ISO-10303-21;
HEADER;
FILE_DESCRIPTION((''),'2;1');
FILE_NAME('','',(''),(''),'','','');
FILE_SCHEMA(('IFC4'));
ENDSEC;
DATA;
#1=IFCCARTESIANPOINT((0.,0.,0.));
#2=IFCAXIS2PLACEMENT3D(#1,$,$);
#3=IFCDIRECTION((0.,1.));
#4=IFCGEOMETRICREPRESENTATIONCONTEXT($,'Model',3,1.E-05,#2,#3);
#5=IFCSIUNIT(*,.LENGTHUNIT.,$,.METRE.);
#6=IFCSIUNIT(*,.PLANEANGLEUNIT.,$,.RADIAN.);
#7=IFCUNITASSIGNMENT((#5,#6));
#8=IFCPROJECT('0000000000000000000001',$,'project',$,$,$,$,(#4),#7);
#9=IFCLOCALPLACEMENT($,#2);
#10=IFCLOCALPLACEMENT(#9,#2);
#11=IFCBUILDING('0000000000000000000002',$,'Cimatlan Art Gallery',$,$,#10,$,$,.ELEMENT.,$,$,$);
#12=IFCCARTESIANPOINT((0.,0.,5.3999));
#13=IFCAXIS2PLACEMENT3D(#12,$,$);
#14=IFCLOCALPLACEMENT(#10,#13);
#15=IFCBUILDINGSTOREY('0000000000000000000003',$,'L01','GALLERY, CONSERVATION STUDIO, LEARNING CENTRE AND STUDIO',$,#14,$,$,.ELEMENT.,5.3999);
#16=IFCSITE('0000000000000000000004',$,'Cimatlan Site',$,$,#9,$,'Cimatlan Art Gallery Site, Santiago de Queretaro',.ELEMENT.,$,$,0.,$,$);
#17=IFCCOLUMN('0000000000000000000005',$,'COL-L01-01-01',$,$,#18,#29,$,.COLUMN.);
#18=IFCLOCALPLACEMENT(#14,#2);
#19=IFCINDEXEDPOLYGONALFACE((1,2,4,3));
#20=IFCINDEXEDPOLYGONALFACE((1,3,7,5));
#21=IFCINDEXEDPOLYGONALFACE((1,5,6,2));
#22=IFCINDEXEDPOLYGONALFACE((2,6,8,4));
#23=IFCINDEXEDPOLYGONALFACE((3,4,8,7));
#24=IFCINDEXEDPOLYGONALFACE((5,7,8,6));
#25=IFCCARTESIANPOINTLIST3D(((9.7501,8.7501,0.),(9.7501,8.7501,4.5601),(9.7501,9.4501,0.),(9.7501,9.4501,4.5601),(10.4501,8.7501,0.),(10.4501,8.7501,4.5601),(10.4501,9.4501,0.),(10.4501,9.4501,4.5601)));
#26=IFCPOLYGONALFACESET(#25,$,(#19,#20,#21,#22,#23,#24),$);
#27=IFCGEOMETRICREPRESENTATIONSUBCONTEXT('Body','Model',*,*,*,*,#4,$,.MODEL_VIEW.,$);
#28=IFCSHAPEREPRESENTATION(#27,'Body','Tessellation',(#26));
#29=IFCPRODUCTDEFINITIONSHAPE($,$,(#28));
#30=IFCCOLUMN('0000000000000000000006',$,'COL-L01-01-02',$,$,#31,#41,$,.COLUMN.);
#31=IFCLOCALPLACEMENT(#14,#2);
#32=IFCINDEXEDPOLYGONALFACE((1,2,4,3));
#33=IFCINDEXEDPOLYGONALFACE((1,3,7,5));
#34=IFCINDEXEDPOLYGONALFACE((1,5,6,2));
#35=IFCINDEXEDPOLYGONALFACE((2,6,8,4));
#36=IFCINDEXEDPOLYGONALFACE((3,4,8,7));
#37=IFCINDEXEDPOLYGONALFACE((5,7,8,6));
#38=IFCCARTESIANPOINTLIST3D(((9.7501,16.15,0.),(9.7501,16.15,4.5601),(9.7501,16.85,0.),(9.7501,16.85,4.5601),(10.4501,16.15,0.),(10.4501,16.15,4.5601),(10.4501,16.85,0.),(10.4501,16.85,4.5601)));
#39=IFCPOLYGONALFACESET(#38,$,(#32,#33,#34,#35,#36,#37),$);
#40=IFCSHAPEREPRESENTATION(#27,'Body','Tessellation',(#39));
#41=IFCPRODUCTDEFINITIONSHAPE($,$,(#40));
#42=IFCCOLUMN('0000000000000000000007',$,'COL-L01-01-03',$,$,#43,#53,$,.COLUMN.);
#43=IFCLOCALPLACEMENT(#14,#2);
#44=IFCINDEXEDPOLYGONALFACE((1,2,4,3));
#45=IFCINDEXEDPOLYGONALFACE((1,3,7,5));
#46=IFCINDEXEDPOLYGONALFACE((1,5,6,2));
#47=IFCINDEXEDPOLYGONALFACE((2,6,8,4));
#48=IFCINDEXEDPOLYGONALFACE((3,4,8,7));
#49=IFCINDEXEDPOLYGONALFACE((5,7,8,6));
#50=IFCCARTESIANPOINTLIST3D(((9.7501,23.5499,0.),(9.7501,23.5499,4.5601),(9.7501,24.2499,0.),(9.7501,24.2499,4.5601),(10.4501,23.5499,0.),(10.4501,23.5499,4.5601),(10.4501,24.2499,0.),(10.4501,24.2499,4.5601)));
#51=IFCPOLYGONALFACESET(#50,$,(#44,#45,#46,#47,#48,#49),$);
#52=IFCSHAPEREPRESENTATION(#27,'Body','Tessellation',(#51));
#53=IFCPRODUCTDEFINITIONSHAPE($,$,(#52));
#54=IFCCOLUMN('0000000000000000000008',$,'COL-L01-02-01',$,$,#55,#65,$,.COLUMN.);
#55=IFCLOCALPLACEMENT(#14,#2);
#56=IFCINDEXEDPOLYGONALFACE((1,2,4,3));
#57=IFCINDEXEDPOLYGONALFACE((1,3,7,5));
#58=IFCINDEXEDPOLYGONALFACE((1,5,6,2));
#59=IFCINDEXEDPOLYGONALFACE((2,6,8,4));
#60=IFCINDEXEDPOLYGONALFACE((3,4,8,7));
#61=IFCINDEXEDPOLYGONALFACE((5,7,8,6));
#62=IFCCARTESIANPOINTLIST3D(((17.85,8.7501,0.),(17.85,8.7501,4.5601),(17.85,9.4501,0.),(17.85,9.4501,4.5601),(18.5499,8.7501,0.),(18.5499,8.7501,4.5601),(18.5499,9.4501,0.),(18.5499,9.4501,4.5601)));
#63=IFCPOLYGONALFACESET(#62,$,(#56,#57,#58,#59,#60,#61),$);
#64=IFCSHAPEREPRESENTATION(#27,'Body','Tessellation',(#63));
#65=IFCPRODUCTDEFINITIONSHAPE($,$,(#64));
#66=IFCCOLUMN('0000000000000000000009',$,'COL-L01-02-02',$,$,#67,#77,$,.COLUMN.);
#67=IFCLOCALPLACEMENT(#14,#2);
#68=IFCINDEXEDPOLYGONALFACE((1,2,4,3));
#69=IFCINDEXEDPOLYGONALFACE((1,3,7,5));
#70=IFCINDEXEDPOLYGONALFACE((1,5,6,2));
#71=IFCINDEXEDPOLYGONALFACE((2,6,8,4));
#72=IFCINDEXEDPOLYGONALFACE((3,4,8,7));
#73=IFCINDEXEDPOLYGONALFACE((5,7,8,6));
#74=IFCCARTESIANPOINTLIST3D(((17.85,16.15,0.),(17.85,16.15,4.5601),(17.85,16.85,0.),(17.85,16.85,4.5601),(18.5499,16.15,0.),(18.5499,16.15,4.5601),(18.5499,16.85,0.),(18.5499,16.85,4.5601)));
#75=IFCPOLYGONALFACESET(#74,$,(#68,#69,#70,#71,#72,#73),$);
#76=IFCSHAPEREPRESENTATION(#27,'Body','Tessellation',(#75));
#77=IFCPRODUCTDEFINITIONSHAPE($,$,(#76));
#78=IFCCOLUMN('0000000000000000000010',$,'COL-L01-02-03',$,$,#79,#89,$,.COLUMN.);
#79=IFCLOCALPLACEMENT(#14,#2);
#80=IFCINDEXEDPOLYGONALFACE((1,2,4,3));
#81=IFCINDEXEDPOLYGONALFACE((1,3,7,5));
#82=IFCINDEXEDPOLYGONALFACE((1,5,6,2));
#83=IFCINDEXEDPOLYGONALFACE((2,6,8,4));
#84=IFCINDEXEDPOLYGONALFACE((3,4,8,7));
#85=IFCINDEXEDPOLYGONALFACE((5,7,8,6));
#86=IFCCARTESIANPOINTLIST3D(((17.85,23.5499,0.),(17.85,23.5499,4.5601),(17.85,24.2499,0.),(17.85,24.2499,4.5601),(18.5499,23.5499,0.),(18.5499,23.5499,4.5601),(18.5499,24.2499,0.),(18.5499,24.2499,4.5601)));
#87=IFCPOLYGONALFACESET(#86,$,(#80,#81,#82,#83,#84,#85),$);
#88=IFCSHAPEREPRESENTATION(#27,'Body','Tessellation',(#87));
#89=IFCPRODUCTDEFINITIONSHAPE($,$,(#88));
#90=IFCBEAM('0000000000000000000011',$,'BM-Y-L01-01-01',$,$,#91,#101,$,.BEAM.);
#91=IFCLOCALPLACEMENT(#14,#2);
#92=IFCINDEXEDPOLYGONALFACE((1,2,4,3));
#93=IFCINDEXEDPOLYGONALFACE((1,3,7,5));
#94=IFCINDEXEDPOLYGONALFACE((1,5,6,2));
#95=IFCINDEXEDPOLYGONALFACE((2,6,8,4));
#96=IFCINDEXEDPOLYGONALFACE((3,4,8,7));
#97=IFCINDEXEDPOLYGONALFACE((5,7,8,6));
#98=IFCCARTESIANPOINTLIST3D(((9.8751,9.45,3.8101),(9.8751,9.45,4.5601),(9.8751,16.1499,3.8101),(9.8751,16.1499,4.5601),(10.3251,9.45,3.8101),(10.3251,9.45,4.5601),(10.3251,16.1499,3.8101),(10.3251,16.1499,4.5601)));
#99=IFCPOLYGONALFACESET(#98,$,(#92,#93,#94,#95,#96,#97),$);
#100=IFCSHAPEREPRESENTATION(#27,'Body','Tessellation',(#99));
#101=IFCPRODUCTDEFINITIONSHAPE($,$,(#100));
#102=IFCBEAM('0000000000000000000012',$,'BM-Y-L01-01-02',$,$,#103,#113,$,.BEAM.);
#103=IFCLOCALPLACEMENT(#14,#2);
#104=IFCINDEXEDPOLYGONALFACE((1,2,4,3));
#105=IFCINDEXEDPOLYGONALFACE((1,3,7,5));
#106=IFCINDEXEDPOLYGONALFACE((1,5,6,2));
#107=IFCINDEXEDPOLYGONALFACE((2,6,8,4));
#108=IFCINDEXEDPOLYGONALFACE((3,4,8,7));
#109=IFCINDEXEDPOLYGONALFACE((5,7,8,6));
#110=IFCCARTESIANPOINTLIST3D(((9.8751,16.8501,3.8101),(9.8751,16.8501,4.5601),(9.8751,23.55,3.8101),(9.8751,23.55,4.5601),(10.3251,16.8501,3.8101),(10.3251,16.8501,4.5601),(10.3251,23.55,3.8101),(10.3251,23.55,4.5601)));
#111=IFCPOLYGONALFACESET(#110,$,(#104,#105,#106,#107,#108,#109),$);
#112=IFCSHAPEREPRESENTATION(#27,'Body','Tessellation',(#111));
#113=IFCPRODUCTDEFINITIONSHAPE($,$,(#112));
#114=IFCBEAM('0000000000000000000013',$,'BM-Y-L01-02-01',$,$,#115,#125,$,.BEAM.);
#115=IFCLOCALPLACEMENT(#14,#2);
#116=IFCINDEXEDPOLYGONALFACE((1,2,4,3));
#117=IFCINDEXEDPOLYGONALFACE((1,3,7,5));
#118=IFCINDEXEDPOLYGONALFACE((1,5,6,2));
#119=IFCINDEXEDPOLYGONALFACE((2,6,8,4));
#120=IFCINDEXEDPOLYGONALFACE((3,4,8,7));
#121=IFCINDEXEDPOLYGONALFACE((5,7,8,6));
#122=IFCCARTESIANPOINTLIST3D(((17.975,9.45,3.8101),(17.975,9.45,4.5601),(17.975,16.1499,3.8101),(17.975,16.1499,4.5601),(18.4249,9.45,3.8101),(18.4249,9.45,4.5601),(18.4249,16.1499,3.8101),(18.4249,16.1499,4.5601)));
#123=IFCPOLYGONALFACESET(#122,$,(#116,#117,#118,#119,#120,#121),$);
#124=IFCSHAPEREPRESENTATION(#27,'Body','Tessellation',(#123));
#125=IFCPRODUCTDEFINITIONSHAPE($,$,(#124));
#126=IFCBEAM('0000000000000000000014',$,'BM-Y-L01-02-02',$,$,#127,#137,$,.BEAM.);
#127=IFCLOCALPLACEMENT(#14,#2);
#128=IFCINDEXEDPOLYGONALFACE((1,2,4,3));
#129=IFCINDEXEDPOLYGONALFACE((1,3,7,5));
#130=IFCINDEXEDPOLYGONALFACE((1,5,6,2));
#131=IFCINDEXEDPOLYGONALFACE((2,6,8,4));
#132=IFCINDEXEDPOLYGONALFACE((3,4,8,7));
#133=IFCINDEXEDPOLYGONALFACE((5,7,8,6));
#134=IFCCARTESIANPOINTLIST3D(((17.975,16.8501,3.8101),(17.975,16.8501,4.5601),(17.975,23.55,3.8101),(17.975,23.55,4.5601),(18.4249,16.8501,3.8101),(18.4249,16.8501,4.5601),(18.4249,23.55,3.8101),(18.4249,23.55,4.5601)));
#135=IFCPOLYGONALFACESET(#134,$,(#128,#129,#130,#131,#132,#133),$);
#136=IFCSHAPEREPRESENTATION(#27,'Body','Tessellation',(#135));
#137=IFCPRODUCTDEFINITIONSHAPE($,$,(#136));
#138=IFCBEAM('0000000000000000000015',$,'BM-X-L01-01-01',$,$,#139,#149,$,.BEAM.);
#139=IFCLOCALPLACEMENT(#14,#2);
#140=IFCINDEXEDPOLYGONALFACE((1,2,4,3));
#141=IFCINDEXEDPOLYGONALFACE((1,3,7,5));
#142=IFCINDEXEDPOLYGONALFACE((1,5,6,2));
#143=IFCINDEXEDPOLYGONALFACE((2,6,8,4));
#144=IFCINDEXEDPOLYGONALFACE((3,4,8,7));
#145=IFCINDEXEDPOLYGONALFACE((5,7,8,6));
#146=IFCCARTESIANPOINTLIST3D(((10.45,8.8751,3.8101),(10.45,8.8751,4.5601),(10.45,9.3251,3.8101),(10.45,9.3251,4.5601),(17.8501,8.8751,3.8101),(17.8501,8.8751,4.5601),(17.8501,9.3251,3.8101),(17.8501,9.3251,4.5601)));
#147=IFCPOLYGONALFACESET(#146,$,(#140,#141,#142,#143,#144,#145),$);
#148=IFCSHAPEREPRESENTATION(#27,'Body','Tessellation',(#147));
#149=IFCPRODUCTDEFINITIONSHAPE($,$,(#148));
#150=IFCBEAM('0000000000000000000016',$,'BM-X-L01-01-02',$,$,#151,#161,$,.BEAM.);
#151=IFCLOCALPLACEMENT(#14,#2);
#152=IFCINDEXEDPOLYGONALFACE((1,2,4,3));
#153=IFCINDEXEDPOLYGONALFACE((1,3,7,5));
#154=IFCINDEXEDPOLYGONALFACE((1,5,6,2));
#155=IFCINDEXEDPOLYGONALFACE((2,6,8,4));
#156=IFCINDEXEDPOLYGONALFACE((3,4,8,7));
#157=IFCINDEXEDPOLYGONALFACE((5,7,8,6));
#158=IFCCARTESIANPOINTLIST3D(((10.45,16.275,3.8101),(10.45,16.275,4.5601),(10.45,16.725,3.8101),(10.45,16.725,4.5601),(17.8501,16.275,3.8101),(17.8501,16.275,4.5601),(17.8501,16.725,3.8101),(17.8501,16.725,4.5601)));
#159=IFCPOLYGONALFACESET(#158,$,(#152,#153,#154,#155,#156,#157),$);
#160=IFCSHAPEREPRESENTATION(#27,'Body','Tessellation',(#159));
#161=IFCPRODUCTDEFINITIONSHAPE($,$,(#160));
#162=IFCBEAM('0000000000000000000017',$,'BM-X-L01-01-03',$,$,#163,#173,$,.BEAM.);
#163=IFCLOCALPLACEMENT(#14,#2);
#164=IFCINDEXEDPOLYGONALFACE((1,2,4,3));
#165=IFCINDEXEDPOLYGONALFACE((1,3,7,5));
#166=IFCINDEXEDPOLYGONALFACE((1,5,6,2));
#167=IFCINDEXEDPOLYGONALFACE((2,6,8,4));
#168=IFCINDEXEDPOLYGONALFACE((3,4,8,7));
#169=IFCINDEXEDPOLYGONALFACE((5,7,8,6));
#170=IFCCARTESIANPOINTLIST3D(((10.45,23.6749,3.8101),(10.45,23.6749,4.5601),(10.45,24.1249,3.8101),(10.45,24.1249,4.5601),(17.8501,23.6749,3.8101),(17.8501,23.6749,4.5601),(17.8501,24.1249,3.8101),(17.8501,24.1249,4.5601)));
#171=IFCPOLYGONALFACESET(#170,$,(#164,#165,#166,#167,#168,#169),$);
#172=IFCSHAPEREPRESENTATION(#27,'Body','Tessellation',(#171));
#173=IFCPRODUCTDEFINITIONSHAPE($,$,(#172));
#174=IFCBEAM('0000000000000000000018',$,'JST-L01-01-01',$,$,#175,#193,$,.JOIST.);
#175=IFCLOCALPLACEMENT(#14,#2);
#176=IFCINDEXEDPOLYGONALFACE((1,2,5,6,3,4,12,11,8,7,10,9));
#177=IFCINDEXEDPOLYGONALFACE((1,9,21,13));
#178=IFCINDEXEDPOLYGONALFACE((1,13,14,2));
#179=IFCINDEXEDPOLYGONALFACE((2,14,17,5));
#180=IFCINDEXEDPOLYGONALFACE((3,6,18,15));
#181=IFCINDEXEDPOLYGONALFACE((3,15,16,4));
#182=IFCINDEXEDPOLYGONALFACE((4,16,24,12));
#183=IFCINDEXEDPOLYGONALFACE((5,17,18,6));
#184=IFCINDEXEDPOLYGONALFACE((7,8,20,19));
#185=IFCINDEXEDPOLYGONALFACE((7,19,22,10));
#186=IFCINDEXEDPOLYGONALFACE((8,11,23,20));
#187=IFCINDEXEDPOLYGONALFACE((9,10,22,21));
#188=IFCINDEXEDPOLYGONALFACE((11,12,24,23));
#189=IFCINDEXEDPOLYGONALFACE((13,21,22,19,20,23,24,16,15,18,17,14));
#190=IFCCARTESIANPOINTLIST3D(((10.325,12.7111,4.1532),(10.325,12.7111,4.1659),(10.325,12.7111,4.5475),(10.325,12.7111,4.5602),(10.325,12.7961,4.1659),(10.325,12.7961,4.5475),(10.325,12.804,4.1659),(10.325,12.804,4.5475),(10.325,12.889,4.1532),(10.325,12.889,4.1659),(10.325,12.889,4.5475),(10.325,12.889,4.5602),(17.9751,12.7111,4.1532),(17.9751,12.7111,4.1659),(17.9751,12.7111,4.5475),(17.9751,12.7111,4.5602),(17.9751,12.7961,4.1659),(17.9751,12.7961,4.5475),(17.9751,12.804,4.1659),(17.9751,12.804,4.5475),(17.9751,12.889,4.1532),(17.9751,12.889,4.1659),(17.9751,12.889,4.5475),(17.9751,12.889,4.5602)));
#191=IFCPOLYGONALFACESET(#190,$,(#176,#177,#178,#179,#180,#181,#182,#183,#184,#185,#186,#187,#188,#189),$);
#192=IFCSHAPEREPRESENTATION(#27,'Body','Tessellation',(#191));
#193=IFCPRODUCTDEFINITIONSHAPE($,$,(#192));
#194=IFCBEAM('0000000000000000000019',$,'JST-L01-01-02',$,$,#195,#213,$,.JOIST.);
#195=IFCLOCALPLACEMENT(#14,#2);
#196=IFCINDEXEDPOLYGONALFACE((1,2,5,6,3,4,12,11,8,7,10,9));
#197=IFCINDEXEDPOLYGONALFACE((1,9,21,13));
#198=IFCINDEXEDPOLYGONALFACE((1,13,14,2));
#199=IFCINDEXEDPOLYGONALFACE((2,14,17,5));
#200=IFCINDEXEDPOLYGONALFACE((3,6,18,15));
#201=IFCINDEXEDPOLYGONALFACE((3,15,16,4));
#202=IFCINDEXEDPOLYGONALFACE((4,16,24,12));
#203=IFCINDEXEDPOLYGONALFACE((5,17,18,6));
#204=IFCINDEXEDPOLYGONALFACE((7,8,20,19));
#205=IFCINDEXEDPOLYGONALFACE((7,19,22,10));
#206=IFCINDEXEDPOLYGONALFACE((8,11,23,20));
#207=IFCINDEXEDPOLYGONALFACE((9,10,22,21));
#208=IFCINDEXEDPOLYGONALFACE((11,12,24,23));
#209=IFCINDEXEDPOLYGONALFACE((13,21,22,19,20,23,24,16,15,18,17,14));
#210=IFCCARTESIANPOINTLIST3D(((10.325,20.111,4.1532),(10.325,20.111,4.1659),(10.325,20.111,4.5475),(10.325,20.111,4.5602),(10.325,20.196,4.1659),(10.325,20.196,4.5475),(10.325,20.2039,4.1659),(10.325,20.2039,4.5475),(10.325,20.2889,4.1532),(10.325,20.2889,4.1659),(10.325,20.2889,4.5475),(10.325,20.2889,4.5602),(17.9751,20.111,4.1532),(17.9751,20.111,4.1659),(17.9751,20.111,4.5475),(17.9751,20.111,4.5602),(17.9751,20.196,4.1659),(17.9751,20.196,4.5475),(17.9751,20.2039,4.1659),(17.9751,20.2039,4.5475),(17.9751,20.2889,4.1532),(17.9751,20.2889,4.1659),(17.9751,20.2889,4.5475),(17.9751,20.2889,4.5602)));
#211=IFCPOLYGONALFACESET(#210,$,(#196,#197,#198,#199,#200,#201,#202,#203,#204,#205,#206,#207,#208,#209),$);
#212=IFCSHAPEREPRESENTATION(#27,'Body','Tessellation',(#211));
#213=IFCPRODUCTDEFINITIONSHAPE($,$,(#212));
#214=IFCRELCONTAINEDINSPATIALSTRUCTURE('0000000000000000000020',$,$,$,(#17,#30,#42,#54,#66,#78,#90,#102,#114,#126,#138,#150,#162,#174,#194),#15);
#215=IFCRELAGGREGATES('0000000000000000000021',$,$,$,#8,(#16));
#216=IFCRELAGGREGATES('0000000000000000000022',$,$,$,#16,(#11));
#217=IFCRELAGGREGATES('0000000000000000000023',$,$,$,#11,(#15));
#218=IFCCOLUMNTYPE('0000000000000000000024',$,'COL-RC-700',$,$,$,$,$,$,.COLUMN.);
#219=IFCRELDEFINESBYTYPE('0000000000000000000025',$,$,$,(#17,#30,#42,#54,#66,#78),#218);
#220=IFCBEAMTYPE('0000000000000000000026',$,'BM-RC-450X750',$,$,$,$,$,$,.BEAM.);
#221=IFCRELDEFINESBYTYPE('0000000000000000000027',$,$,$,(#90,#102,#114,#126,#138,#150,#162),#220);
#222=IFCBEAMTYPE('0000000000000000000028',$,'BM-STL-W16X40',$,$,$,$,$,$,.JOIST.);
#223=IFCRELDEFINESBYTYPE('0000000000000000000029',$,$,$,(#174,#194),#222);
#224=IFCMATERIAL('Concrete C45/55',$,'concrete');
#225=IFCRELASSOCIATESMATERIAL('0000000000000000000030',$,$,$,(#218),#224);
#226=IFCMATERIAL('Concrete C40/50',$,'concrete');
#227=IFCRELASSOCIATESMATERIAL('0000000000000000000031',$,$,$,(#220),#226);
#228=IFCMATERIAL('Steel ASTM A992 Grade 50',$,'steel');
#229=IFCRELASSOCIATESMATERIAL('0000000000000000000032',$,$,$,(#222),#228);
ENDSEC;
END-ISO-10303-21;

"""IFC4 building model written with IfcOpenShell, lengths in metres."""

from ifc_helpers import new_model, si_unit, direction, frame, origin, origin_2d, place, context, subcontext, project, spatial, rectangle, i_section, extrude, material, material_profile, profile_set, type_object, element, save


model = new_model("IFC4")

# Units and contexts
model_context = context("Model", 3, precision=1e-05, world=origin(), true_north=direction((0.0, 1.0)))
body_context = subcontext(model_context, "Body", "Model", "MODEL_VIEW")
ifc_project = project(units=[si_unit("LENGTHUNIT", "METRE"), si_unit("PLANEANGLEUNIT", "RADIAN")], contexts=[model_context])

# Site, building, storey
site_placement = place(None, origin())
site = spatial("IfcSite", under=ifc_project, at=site_placement, Name="Cimatlan Site", LongName="Cimatlan Art Gallery Site, Santiago de Queretaro", CompositionType="ELEMENT", RefElevation=0.0)
building_placement = place(site_placement, origin())
building = spatial("IfcBuilding", under=site, at=building_placement, Name="Cimatlan Art Gallery", CompositionType="ELEMENT")
storey_placement = place(building_placement, frame((0.0, 0.0, 5.3999)))
storey = spatial("IfcBuildingStorey", under=building, at=storey_placement, Name="L01", Description="GALLERY, CONSERVATION STUDIO, LEARNING CENTRE AND STUDIO", CompositionType="ELEMENT", Elevation=5.3999)

# Columns
ifc_material_1 = material(Name="Concrete C45/55", Category="concrete")
ifc_material_profile_1 = material_profile(ifc_material_1, rectangle(XDim=0.7, YDim=0.7, at=origin_2d()), Name="RC700X700")
ifc_profile_set_1 = profile_set([ifc_material_profile_1], Name="Concrete C45/55")
column_type = type_object("IfcColumnType", Name="COL-RC-700", PredefinedType="COLUMN", material=ifc_profile_set_1)
for number, where, z_axis, x_axis, name in (
    (1, (10.1001, 9.1001, 0.0), (0.0, 0.0, 1.0), (1.0, 0.0, 0.0), "COL-L01-01-01"),
    (2, (10.1001, 16.5, 0.0), (0.0, 0.0, 1.0), (1.0, 0.0, 0.0), "COL-L01-01-02"),
    (3, (10.1001, 23.8999, 0.0), (0.0, 0.0, 1.0), (1.0, 0.0, 0.0), "COL-L01-01-03"),
    (4, (18.2, 9.1001, 0.0), (0.0, 0.0, 1.0), (1.0, 0.0, 0.0), "COL-L01-02-01"),
    (5, (18.2, 16.5, 0.0), (0.0, 0.0, 1.0), (1.0, 0.0, 0.0), "COL-L01-02-02"),
    (6, (18.2, 23.8999, 0.0), (0.0, 0.0, 1.0), (1.0, 0.0, 0.0), "COL-L01-02-03"),
):
    element("IfcColumn", number, at=place(storey_placement, frame(where, z_axis=z_axis, x_axis=x_axis)), inside=storey, type_object=column_type, Name=name, PredefinedType="COLUMN", context=body_context, shape_type="SweptSolid", body=[
        extrude(rectangle(XDim=0.7, YDim=0.7, at=origin_2d()), origin(), (0.0, 0.0, 1.0), 4.5601),
    ])

# Beams
ifc_material_2 = material(Name="Concrete C40/50", Category="concrete")
ifc_material_profile_2 = material_profile(ifc_material_2, rectangle(XDim=0.45, YDim=0.75, at=origin_2d()), Name="RC450X750")
ifc_profile_set_2 = profile_set([ifc_material_profile_2], Name="Concrete C40/50")
beam_type_1 = type_object("IfcBeamType", Name="BM-RC-450X750", PredefinedType="BEAM", material=ifc_profile_set_2)
for number, where, z_axis, x_axis, name in (
    (7, (10.1001, 9.45, 4.1851), (0.0, 1.0, 0.0), (-1.0, 0.0, 0.0), "BM-Y-L01-01-01"),
    (8, (10.1001, 16.8501, 4.1851), (0.0, 1.0, 0.0), (-1.0, 0.0, 0.0), "BM-Y-L01-01-02"),
    (9, (18.2, 9.45, 4.1851), (0.0, 1.0, 0.0), (-1.0, 0.0, 0.0), "BM-Y-L01-02-01"),
    (10, (18.2, 16.8501, 4.1851), (0.0, 1.0, 0.0), (-1.0, 0.0, 0.0), "BM-Y-L01-02-02"),
):
    element("IfcBeam", number, at=place(storey_placement, frame(where, z_axis=z_axis, x_axis=x_axis)), inside=storey, type_object=beam_type_1, Name=name, PredefinedType="BEAM", context=body_context, shape_type="SweptSolid", body=[
        extrude(rectangle(XDim=0.45, YDim=0.75, at=origin_2d()), origin(), (0.0, 0.0, 1.0), 6.7),
    ])
for number, where, z_axis, x_axis, name in (
    (11, (10.45, 9.1001, 4.1851), (1.0, 0.0, 0.0), (0.0, 1.0, 0.0), "BM-X-L01-01-01"),
    (12, (10.45, 16.5, 4.1851), (1.0, 0.0, 0.0), (0.0, 1.0, 0.0), "BM-X-L01-01-02"),
    (13, (10.45, 23.8999, 4.1851), (1.0, 0.0, 0.0), (0.0, 1.0, 0.0), "BM-X-L01-01-03"),
):
    element("IfcBeam", number, at=place(storey_placement, frame(where, z_axis=z_axis, x_axis=x_axis)), inside=storey, type_object=beam_type_1, Name=name, PredefinedType="BEAM", context=body_context, shape_type="SweptSolid", body=[
        extrude(rectangle(XDim=0.45, YDim=0.75, at=origin_2d()), origin(), (0.0, 0.0, 1.0), 7.4001),
    ])
ifc_material_3 = material(Name="Steel ASTM A992 Grade 50", Category="steel")
ifc_material_profile_3 = material_profile(ifc_material_3, i_section(OverallWidth=0.178, OverallDepth=0.407, WebThickness=0.0078, FlangeThickness=0.0127, at=origin_2d()), Name="W16X40")
ifc_profile_set_3 = profile_set([ifc_material_profile_3], Name="Steel ASTM A992 Grade 50")
beam_type_2 = type_object("IfcBeamType", Name="BM-STL-W16X40", PredefinedType="JOIST", material=ifc_profile_set_3)
for number, where, z_axis, x_axis, name in (
    (14, (10.325, 12.8, 4.3567), (1.0, 0.0, 0.0), (0.0, 1.0, 0.0), "JST-L01-01-01"),
    (15, (10.325, 20.2, 4.3567), (1.0, 0.0, 0.0), (0.0, 1.0, 0.0), "JST-L01-01-02"),
):
    element("IfcBeam", number, at=place(storey_placement, frame(where, z_axis=z_axis, x_axis=x_axis)), inside=storey, type_object=beam_type_2, Name=name, PredefinedType="JOIST", context=body_context, shape_type="SweptSolid", body=[
        extrude(i_section(OverallWidth=0.178, OverallDepth=0.407, WebThickness=0.0078, FlangeThickness=0.0127, at=origin_2d()), origin(), (0.0, 0.0, 1.0), 7.6501),
    ])

save(model, "model.ifc")
